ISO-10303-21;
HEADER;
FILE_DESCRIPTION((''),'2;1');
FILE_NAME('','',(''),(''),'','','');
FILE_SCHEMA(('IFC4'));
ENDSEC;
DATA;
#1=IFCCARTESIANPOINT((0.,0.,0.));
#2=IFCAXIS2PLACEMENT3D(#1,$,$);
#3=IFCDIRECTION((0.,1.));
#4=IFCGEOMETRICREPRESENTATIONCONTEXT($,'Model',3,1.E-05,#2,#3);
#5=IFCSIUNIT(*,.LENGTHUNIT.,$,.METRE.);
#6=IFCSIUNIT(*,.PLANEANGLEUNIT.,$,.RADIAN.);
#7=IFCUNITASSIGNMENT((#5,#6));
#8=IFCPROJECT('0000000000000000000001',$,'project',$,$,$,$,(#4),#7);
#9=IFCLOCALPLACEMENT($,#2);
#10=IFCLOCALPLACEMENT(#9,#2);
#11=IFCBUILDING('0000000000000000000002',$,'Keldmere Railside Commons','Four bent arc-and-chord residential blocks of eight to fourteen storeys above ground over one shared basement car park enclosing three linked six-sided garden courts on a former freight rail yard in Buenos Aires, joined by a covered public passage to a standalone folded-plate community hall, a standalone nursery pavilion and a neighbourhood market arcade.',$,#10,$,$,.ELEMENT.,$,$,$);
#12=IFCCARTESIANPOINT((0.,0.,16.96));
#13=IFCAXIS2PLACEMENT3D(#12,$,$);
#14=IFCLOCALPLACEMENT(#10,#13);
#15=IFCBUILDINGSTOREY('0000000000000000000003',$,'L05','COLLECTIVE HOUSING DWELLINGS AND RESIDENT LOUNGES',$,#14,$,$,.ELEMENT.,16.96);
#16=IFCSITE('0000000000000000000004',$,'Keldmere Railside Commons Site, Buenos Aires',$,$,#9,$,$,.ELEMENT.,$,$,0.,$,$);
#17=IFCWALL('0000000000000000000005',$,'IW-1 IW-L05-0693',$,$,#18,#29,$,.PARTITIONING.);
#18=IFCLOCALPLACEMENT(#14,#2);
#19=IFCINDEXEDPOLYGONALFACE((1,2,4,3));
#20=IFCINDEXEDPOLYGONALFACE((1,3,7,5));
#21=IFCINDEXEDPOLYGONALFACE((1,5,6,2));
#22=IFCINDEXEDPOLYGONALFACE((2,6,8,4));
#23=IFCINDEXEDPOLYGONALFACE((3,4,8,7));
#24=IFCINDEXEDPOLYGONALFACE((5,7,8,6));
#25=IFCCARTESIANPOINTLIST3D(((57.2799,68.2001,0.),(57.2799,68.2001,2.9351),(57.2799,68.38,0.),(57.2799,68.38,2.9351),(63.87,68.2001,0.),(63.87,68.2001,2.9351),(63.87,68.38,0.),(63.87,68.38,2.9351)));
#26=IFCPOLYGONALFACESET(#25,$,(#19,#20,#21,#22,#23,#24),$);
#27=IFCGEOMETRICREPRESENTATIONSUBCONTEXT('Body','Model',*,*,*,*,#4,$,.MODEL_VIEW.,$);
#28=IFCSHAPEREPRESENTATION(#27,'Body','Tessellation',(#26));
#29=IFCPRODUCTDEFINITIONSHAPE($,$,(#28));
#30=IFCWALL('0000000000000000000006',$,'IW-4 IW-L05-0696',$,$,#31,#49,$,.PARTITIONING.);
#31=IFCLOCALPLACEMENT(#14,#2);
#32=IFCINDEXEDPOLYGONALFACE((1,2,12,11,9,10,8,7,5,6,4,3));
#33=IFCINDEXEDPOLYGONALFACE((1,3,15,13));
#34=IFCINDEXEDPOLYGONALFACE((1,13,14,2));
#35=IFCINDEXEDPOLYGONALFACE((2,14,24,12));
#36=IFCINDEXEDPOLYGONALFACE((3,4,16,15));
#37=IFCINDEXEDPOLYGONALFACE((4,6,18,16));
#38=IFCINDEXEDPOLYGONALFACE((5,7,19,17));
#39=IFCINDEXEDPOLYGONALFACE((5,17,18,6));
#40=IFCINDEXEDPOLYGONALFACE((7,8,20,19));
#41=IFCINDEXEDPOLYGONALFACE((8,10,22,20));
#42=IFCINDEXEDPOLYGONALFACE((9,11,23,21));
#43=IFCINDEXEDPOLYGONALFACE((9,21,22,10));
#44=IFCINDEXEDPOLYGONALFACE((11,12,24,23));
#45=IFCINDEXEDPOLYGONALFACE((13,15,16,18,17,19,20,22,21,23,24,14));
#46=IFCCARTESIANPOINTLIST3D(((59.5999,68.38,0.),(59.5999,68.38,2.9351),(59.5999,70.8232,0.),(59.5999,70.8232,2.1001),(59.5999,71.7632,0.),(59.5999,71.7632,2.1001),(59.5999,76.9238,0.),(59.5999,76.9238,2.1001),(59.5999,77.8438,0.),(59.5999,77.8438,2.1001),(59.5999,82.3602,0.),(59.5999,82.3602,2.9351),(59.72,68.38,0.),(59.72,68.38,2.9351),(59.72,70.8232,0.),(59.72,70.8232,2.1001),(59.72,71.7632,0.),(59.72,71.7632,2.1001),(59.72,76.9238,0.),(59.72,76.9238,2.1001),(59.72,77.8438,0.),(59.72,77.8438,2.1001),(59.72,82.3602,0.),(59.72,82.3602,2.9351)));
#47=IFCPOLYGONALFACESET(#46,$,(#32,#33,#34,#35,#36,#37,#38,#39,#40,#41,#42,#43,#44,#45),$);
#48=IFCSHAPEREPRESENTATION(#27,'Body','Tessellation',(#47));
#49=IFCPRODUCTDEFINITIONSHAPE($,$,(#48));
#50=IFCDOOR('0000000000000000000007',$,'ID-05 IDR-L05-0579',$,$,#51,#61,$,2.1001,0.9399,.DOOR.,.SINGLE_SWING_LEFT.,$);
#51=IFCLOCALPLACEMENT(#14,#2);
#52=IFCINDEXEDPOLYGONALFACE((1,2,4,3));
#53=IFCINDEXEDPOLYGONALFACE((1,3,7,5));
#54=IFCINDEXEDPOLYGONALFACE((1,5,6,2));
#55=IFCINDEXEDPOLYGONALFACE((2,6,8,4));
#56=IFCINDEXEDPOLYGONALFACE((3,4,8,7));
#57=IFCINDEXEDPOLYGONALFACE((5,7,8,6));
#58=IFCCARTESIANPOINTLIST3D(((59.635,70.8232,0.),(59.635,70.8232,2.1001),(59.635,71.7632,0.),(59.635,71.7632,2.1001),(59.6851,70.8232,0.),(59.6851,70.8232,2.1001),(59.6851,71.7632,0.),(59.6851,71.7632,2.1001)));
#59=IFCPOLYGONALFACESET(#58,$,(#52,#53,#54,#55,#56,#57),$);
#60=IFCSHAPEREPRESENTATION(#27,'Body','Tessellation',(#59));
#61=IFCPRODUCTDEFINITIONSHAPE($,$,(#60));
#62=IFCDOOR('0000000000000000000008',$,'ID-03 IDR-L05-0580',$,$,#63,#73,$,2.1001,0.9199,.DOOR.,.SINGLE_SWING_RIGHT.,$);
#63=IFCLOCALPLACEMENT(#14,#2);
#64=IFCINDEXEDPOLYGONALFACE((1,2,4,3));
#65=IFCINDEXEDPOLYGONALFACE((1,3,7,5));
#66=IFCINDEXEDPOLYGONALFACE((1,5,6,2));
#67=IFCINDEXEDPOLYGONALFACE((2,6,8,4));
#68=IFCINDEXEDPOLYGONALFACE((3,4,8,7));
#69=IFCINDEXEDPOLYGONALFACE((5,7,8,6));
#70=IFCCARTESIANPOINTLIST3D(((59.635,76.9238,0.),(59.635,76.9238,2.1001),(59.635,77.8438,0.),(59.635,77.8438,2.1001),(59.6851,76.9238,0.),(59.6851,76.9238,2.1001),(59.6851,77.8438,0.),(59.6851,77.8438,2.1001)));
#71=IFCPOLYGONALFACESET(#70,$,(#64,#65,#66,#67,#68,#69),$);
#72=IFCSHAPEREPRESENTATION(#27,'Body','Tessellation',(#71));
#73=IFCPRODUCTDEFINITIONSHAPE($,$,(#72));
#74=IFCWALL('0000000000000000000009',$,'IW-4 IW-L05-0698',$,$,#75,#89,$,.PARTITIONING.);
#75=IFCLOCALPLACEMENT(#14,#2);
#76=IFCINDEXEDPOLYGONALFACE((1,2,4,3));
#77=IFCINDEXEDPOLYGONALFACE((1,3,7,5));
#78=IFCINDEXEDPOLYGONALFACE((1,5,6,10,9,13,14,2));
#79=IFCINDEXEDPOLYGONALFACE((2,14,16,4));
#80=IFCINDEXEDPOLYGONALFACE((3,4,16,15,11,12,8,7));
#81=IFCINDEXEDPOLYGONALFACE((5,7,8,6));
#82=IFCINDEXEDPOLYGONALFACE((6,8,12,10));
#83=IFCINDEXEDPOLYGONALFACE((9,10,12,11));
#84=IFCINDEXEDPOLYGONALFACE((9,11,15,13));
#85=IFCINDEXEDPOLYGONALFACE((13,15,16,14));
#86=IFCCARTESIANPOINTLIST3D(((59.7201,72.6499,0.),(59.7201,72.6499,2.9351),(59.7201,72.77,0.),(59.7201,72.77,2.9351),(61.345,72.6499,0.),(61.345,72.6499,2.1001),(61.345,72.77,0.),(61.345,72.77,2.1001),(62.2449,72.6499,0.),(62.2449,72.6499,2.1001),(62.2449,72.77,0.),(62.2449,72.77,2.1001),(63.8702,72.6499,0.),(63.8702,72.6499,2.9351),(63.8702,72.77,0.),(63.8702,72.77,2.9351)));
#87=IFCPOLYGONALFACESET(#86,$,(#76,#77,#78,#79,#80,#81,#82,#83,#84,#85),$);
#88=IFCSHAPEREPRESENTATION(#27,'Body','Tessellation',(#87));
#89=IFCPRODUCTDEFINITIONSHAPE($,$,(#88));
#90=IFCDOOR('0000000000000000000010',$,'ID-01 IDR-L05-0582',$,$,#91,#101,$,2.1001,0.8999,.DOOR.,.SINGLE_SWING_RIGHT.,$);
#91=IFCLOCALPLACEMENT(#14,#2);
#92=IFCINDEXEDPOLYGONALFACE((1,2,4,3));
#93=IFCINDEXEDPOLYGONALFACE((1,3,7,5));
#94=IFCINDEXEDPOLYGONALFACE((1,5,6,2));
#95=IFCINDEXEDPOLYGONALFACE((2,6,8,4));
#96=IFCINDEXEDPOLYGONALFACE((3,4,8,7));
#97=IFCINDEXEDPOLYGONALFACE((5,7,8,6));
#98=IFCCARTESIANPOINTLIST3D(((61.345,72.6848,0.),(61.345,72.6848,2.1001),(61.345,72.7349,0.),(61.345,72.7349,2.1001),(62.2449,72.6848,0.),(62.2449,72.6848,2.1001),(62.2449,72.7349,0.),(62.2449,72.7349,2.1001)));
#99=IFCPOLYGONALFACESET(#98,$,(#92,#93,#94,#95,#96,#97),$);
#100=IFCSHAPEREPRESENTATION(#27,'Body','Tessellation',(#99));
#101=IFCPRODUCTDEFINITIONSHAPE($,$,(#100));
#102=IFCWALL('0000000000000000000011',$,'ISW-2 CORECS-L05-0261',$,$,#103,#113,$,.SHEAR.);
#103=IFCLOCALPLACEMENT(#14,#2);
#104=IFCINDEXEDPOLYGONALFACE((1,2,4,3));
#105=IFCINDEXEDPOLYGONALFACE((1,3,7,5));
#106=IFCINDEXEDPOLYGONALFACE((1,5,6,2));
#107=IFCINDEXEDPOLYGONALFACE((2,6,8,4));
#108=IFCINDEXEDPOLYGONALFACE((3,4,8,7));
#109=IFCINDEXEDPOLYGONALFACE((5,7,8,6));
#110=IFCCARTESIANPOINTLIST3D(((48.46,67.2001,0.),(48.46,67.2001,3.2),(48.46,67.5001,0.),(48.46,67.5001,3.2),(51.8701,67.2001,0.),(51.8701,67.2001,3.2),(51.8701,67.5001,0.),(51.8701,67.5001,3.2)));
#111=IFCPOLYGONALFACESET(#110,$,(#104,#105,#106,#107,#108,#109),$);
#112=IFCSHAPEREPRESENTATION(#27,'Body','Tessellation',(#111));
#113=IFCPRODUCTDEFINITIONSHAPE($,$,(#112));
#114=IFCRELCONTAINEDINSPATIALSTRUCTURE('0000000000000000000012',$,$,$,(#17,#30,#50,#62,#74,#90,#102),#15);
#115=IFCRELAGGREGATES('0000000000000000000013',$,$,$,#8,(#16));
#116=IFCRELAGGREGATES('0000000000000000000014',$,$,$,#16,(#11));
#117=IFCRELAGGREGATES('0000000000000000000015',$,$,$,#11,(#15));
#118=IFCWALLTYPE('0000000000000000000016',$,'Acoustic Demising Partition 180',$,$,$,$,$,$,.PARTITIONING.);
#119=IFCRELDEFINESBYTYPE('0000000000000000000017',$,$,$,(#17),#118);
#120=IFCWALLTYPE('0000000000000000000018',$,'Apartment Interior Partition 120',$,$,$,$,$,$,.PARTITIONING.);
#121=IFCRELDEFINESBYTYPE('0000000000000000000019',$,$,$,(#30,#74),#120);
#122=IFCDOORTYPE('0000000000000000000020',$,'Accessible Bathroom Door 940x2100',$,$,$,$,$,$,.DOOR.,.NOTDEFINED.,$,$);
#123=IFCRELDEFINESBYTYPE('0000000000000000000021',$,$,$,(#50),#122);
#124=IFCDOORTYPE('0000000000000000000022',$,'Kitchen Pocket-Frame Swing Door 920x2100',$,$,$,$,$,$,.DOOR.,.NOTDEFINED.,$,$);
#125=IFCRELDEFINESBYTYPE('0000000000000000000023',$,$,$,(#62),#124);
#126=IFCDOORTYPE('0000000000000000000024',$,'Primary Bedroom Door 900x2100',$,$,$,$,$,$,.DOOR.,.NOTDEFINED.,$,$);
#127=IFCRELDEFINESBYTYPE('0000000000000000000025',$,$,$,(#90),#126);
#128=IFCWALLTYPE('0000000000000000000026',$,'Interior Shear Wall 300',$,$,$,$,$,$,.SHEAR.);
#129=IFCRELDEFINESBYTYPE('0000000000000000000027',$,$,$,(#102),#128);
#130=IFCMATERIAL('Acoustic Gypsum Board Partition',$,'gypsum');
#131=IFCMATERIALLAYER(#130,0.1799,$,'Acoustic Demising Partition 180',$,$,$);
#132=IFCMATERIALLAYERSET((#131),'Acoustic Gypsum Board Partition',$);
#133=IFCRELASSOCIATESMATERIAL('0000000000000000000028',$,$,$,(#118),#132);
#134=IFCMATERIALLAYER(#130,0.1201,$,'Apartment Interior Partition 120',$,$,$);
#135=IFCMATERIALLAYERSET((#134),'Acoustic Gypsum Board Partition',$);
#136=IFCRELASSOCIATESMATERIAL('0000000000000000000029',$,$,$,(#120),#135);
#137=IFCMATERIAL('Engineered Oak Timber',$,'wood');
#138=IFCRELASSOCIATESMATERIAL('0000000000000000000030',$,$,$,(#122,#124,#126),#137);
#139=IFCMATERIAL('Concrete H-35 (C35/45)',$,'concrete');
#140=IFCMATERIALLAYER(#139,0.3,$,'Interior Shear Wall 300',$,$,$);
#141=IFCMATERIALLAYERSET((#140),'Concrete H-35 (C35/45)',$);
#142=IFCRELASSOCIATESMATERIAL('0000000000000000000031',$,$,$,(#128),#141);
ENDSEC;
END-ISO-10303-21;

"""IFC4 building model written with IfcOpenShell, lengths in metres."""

from ifc_helpers import new_model, si_unit, direction, frame, frame_2d, origin, place, context, subcontext, project, spatial, rectangle, extrude, material, layer, layer_set, type_object, element, fill, save


model = new_model("IFC4")

# Units and contexts
model_context = context("Model", 3, precision=1e-05, world=origin(), true_north=direction((0.0, 1.0)))
body_context = subcontext(model_context, "Body", "Model", "MODEL_VIEW")
ifc_project = project(units=[si_unit("LENGTHUNIT", "METRE"), si_unit("PLANEANGLEUNIT", "RADIAN")], contexts=[model_context])

# Site, building, storey
site_placement = place(None, origin())
site = spatial("IfcSite", under=ifc_project, at=site_placement, Name="Keldmere Railside Commons Site, Buenos Aires", CompositionType="ELEMENT", RefElevation=0.0)
building_placement = place(site_placement, origin())
building = spatial("IfcBuilding", under=site, at=building_placement, Name="Keldmere Railside Commons", Description="Four bent arc-and-chord residential blocks of eight to fourteen storeys above ground over one shared basement car park enclosing three linked six-sided garden courts on a former freight rail yard in Buenos Aires, joined by a covered public passage to a standalone folded-plate community hall, a standalone nursery pavilion and a neighbourhood market arcade.", CompositionType="ELEMENT")
storey_placement = place(building_placement, frame((0.0, 0.0, 16.96)))
storey = spatial("IfcBuildingStorey", under=building, at=storey_placement, Name="L05", Description="COLLECTIVE HOUSING DWELLINGS AND RESIDENT LOUNGES", CompositionType="ELEMENT", Elevation=16.96)

# Shared definitions
ifc_material_1 = material(Name="Concrete H-35 (C35/45)", Category="concrete")

# Wall
ifc_material_2 = material(Name="Acoustic Gypsum Board Partition", Category="gypsum")
ifc_layer_1 = layer(ifc_material_2, 0.1799, Name="Acoustic Demising Partition 180")
ifc_layer_set_1 = layer_set([ifc_layer_1], Name="Acoustic Gypsum Board Partition")
wall_type_1 = type_object("IfcWallType", Name="Acoustic Demising Partition 180", PredefinedType="PARTITIONING", material=ifc_layer_set_1)
wall_1_placement = place(storey_placement, frame((57.28, 68.29, 0.0), z_axis=(0.0, 0.0, 1.0), x_axis=(1.0, 0.0, 0.0)))
element("IfcWall", 1, at=wall_1_placement, inside=storey, type_object=wall_type_1, Name="IW-1 IW-L05-0693", PredefinedType="PARTITIONING", context=body_context, shape_type="SweptSolid", body=[
    extrude(rectangle(XDim=6.5901, YDim=0.1799, at=frame_2d((3.2949, 0.0))), origin(), (0.0, 0.0, 1.0), 2.9351),
])

# Wall, openings, doors
ifc_layer_2 = layer(ifc_material_2, 0.1201, Name="Apartment Interior Partition 120")
ifc_layer_set_2 = layer_set([ifc_layer_2], Name="Acoustic Gypsum Board Partition")
wall_type_2 = type_object("IfcWallType", Name="Apartment Interior Partition 120", PredefinedType="PARTITIONING", material=ifc_layer_set_2)
wall_2_placement = place(storey_placement, frame((59.6599, 68.3799, 0.0), z_axis=(0.0, 0.0, 1.0), x_axis=(0.0, 1.0, 0.0)))
wall_2 = element("IfcWall", 2, at=wall_2_placement, inside=storey, type_object=wall_type_2, Name="IW-4 IW-L05-0696", PredefinedType="PARTITIONING", context=body_context, shape_type="SweptSolid", body=[
    extrude(rectangle(XDim=13.9802, YDim=0.1201, at=frame_2d((6.9902, 0.0))), origin(), (0.0, 0.0, 1.0), 2.9351),
])
opening_1_placement = place(wall_2_placement, frame((2.4434, 0.0, 0.0)))
opening_1 = element("IfcOpeningElement", 3, at=opening_1_placement, cuts=wall_2, PredefinedType="OPENING", context=body_context, shape_type="SweptSolid", body=[
    extrude(rectangle(XDim=0.9399, YDim=2.1001, at=frame_2d((0.47, 1.05))), frame((0.0, 0.0701, 0.0), z_axis=(0.0, -1.0, 0.0), x_axis=(1.0, 0.0, 0.0)), (0.0, 0.0, 1.0), 0.1401),
])
opening_2_placement = place(wall_2_placement, frame((8.5439, 0.0, 0.0)))
opening_2 = element("IfcOpeningElement", 4, at=opening_2_placement, cuts=wall_2, PredefinedType="OPENING", context=body_context, shape_type="SweptSolid", body=[
    extrude(rectangle(XDim=0.9199, YDim=2.1001, at=frame_2d((0.46, 1.05))), frame((0.0, 0.0701, 0.0), z_axis=(0.0, -1.0, 0.0), x_axis=(1.0, 0.0, 0.0)), (0.0, 0.0, 1.0), 0.1401),
])
ifc_material_3 = material(Name="Engineered Oak Timber", Category="wood")
door_type_1 = type_object("IfcDoorType", Name="Accessible Bathroom Door 940x2100", OperationType="NOTDEFINED", PredefinedType="DOOR", material=ifc_material_3)
door_1_placement = place(opening_1_placement, origin())
door_1 = element("IfcDoor", 5, at=door_1_placement, inside=storey, type_object=door_type_1, Name="ID-05 IDR-L05-0579", OperationType="SINGLE_SWING_LEFT", OverallHeight=2.1001, OverallWidth=0.9399, PredefinedType="DOOR", context=body_context, shape_type="SweptSolid", body=[
    extrude(rectangle(XDim=0.9399, YDim=2.1001, at=frame_2d((0.47, 1.05))), frame((0.0, 0.0249, 0.0), z_axis=(0.0, -1.0, 0.0), x_axis=(1.0, 0.0, 0.0)), (0.0, 0.0, 1.0), 0.05),
])
fill(opening_1, door_1)
door_type_2 = type_object("IfcDoorType", Name="Kitchen Pocket-Frame Swing Door 920x2100", OperationType="NOTDEFINED", PredefinedType="DOOR", material=ifc_material_3)
door_2_placement = place(opening_2_placement, origin())
door_2 = element("IfcDoor", 6, at=door_2_placement, inside=storey, type_object=door_type_2, Name="ID-03 IDR-L05-0580", OperationType="SINGLE_SWING_RIGHT", OverallHeight=2.1001, OverallWidth=0.9199, PredefinedType="DOOR", context=body_context, shape_type="SweptSolid", body=[
    extrude(rectangle(XDim=0.9199, YDim=2.1001, at=frame_2d((0.46, 1.05))), frame((0.0, 0.0249, 0.0), z_axis=(0.0, -1.0, 0.0), x_axis=(1.0, 0.0, 0.0)), (0.0, 0.0, 1.0), 0.05),
])
fill(opening_2, door_2)

# Wall, opening, door
wall_3_placement = place(storey_placement, frame((59.72, 72.71, 0.0), z_axis=(0.0, 0.0, 1.0), x_axis=(1.0, 0.0, 0.0)))
wall_3 = element("IfcWall", 7, at=wall_3_placement, inside=storey, type_object=wall_type_2, Name="IW-4 IW-L05-0698", PredefinedType="PARTITIONING", context=body_context, shape_type="SweptSolid", body=[
    extrude(rectangle(XDim=4.1501, YDim=0.1201, at=frame_2d((2.0752, 0.0))), origin(), (0.0, 0.0, 1.0), 2.9351),
])
opening_3_placement = place(wall_3_placement, frame((1.625, 0.0, 0.0)))
opening_3 = element("IfcOpeningElement", 8, at=opening_3_placement, cuts=wall_3, PredefinedType="OPENING", context=body_context, shape_type="SweptSolid", body=[
    extrude(rectangle(XDim=0.8999, YDim=2.1001, at=frame_2d((0.45, 1.05))), frame((0.0, 0.0701, 0.0), z_axis=(0.0, -1.0, 0.0), x_axis=(1.0, 0.0, 0.0)), (0.0, 0.0, 1.0), 0.1401),
])
door_type_3 = type_object("IfcDoorType", Name="Primary Bedroom Door 900x2100", OperationType="NOTDEFINED", PredefinedType="DOOR", material=ifc_material_3)
door_3_placement = place(opening_3_placement, origin())
door_3 = element("IfcDoor", 9, at=door_3_placement, inside=storey, type_object=door_type_3, Name="ID-01 IDR-L05-0582", OperationType="SINGLE_SWING_RIGHT", OverallHeight=2.1001, OverallWidth=0.8999, PredefinedType="DOOR", context=body_context, shape_type="SweptSolid", body=[
    extrude(rectangle(XDim=0.8999, YDim=2.1001, at=frame_2d((0.45, 1.05))), frame((0.0, 0.0249, 0.0), z_axis=(0.0, -1.0, 0.0), x_axis=(1.0, 0.0, 0.0)), (0.0, 0.0, 1.0), 0.05),
])
fill(opening_3, door_3)

# Wall
ifc_layer_3 = layer(ifc_material_1, 0.3, Name="Interior Shear Wall 300")
ifc_layer_set_3 = layer_set([ifc_layer_3], Name="Concrete H-35 (C35/45)")
wall_type_3 = type_object("IfcWallType", Name="Interior Shear Wall 300", PredefinedType="SHEAR", material=ifc_layer_set_3)
wall_4_placement = place(storey_placement, frame((51.8701, 67.3501, 0.0), z_axis=(0.0, 0.0, 1.0), x_axis=(-1.0, 0.0, 0.0)))
element("IfcWall", 10, at=wall_4_placement, inside=storey, type_object=wall_type_3, Name="ISW-2 CORECS-L05-0261", PredefinedType="SHEAR", context=body_context, shape_type="SweptSolid", body=[
    extrude(rectangle(XDim=3.4102, YDim=0.3, at=frame_2d((1.7051, 0.0))), origin(), (0.0, 0.0, 1.0), 3.2),
])

save(model, "model.ifc")
